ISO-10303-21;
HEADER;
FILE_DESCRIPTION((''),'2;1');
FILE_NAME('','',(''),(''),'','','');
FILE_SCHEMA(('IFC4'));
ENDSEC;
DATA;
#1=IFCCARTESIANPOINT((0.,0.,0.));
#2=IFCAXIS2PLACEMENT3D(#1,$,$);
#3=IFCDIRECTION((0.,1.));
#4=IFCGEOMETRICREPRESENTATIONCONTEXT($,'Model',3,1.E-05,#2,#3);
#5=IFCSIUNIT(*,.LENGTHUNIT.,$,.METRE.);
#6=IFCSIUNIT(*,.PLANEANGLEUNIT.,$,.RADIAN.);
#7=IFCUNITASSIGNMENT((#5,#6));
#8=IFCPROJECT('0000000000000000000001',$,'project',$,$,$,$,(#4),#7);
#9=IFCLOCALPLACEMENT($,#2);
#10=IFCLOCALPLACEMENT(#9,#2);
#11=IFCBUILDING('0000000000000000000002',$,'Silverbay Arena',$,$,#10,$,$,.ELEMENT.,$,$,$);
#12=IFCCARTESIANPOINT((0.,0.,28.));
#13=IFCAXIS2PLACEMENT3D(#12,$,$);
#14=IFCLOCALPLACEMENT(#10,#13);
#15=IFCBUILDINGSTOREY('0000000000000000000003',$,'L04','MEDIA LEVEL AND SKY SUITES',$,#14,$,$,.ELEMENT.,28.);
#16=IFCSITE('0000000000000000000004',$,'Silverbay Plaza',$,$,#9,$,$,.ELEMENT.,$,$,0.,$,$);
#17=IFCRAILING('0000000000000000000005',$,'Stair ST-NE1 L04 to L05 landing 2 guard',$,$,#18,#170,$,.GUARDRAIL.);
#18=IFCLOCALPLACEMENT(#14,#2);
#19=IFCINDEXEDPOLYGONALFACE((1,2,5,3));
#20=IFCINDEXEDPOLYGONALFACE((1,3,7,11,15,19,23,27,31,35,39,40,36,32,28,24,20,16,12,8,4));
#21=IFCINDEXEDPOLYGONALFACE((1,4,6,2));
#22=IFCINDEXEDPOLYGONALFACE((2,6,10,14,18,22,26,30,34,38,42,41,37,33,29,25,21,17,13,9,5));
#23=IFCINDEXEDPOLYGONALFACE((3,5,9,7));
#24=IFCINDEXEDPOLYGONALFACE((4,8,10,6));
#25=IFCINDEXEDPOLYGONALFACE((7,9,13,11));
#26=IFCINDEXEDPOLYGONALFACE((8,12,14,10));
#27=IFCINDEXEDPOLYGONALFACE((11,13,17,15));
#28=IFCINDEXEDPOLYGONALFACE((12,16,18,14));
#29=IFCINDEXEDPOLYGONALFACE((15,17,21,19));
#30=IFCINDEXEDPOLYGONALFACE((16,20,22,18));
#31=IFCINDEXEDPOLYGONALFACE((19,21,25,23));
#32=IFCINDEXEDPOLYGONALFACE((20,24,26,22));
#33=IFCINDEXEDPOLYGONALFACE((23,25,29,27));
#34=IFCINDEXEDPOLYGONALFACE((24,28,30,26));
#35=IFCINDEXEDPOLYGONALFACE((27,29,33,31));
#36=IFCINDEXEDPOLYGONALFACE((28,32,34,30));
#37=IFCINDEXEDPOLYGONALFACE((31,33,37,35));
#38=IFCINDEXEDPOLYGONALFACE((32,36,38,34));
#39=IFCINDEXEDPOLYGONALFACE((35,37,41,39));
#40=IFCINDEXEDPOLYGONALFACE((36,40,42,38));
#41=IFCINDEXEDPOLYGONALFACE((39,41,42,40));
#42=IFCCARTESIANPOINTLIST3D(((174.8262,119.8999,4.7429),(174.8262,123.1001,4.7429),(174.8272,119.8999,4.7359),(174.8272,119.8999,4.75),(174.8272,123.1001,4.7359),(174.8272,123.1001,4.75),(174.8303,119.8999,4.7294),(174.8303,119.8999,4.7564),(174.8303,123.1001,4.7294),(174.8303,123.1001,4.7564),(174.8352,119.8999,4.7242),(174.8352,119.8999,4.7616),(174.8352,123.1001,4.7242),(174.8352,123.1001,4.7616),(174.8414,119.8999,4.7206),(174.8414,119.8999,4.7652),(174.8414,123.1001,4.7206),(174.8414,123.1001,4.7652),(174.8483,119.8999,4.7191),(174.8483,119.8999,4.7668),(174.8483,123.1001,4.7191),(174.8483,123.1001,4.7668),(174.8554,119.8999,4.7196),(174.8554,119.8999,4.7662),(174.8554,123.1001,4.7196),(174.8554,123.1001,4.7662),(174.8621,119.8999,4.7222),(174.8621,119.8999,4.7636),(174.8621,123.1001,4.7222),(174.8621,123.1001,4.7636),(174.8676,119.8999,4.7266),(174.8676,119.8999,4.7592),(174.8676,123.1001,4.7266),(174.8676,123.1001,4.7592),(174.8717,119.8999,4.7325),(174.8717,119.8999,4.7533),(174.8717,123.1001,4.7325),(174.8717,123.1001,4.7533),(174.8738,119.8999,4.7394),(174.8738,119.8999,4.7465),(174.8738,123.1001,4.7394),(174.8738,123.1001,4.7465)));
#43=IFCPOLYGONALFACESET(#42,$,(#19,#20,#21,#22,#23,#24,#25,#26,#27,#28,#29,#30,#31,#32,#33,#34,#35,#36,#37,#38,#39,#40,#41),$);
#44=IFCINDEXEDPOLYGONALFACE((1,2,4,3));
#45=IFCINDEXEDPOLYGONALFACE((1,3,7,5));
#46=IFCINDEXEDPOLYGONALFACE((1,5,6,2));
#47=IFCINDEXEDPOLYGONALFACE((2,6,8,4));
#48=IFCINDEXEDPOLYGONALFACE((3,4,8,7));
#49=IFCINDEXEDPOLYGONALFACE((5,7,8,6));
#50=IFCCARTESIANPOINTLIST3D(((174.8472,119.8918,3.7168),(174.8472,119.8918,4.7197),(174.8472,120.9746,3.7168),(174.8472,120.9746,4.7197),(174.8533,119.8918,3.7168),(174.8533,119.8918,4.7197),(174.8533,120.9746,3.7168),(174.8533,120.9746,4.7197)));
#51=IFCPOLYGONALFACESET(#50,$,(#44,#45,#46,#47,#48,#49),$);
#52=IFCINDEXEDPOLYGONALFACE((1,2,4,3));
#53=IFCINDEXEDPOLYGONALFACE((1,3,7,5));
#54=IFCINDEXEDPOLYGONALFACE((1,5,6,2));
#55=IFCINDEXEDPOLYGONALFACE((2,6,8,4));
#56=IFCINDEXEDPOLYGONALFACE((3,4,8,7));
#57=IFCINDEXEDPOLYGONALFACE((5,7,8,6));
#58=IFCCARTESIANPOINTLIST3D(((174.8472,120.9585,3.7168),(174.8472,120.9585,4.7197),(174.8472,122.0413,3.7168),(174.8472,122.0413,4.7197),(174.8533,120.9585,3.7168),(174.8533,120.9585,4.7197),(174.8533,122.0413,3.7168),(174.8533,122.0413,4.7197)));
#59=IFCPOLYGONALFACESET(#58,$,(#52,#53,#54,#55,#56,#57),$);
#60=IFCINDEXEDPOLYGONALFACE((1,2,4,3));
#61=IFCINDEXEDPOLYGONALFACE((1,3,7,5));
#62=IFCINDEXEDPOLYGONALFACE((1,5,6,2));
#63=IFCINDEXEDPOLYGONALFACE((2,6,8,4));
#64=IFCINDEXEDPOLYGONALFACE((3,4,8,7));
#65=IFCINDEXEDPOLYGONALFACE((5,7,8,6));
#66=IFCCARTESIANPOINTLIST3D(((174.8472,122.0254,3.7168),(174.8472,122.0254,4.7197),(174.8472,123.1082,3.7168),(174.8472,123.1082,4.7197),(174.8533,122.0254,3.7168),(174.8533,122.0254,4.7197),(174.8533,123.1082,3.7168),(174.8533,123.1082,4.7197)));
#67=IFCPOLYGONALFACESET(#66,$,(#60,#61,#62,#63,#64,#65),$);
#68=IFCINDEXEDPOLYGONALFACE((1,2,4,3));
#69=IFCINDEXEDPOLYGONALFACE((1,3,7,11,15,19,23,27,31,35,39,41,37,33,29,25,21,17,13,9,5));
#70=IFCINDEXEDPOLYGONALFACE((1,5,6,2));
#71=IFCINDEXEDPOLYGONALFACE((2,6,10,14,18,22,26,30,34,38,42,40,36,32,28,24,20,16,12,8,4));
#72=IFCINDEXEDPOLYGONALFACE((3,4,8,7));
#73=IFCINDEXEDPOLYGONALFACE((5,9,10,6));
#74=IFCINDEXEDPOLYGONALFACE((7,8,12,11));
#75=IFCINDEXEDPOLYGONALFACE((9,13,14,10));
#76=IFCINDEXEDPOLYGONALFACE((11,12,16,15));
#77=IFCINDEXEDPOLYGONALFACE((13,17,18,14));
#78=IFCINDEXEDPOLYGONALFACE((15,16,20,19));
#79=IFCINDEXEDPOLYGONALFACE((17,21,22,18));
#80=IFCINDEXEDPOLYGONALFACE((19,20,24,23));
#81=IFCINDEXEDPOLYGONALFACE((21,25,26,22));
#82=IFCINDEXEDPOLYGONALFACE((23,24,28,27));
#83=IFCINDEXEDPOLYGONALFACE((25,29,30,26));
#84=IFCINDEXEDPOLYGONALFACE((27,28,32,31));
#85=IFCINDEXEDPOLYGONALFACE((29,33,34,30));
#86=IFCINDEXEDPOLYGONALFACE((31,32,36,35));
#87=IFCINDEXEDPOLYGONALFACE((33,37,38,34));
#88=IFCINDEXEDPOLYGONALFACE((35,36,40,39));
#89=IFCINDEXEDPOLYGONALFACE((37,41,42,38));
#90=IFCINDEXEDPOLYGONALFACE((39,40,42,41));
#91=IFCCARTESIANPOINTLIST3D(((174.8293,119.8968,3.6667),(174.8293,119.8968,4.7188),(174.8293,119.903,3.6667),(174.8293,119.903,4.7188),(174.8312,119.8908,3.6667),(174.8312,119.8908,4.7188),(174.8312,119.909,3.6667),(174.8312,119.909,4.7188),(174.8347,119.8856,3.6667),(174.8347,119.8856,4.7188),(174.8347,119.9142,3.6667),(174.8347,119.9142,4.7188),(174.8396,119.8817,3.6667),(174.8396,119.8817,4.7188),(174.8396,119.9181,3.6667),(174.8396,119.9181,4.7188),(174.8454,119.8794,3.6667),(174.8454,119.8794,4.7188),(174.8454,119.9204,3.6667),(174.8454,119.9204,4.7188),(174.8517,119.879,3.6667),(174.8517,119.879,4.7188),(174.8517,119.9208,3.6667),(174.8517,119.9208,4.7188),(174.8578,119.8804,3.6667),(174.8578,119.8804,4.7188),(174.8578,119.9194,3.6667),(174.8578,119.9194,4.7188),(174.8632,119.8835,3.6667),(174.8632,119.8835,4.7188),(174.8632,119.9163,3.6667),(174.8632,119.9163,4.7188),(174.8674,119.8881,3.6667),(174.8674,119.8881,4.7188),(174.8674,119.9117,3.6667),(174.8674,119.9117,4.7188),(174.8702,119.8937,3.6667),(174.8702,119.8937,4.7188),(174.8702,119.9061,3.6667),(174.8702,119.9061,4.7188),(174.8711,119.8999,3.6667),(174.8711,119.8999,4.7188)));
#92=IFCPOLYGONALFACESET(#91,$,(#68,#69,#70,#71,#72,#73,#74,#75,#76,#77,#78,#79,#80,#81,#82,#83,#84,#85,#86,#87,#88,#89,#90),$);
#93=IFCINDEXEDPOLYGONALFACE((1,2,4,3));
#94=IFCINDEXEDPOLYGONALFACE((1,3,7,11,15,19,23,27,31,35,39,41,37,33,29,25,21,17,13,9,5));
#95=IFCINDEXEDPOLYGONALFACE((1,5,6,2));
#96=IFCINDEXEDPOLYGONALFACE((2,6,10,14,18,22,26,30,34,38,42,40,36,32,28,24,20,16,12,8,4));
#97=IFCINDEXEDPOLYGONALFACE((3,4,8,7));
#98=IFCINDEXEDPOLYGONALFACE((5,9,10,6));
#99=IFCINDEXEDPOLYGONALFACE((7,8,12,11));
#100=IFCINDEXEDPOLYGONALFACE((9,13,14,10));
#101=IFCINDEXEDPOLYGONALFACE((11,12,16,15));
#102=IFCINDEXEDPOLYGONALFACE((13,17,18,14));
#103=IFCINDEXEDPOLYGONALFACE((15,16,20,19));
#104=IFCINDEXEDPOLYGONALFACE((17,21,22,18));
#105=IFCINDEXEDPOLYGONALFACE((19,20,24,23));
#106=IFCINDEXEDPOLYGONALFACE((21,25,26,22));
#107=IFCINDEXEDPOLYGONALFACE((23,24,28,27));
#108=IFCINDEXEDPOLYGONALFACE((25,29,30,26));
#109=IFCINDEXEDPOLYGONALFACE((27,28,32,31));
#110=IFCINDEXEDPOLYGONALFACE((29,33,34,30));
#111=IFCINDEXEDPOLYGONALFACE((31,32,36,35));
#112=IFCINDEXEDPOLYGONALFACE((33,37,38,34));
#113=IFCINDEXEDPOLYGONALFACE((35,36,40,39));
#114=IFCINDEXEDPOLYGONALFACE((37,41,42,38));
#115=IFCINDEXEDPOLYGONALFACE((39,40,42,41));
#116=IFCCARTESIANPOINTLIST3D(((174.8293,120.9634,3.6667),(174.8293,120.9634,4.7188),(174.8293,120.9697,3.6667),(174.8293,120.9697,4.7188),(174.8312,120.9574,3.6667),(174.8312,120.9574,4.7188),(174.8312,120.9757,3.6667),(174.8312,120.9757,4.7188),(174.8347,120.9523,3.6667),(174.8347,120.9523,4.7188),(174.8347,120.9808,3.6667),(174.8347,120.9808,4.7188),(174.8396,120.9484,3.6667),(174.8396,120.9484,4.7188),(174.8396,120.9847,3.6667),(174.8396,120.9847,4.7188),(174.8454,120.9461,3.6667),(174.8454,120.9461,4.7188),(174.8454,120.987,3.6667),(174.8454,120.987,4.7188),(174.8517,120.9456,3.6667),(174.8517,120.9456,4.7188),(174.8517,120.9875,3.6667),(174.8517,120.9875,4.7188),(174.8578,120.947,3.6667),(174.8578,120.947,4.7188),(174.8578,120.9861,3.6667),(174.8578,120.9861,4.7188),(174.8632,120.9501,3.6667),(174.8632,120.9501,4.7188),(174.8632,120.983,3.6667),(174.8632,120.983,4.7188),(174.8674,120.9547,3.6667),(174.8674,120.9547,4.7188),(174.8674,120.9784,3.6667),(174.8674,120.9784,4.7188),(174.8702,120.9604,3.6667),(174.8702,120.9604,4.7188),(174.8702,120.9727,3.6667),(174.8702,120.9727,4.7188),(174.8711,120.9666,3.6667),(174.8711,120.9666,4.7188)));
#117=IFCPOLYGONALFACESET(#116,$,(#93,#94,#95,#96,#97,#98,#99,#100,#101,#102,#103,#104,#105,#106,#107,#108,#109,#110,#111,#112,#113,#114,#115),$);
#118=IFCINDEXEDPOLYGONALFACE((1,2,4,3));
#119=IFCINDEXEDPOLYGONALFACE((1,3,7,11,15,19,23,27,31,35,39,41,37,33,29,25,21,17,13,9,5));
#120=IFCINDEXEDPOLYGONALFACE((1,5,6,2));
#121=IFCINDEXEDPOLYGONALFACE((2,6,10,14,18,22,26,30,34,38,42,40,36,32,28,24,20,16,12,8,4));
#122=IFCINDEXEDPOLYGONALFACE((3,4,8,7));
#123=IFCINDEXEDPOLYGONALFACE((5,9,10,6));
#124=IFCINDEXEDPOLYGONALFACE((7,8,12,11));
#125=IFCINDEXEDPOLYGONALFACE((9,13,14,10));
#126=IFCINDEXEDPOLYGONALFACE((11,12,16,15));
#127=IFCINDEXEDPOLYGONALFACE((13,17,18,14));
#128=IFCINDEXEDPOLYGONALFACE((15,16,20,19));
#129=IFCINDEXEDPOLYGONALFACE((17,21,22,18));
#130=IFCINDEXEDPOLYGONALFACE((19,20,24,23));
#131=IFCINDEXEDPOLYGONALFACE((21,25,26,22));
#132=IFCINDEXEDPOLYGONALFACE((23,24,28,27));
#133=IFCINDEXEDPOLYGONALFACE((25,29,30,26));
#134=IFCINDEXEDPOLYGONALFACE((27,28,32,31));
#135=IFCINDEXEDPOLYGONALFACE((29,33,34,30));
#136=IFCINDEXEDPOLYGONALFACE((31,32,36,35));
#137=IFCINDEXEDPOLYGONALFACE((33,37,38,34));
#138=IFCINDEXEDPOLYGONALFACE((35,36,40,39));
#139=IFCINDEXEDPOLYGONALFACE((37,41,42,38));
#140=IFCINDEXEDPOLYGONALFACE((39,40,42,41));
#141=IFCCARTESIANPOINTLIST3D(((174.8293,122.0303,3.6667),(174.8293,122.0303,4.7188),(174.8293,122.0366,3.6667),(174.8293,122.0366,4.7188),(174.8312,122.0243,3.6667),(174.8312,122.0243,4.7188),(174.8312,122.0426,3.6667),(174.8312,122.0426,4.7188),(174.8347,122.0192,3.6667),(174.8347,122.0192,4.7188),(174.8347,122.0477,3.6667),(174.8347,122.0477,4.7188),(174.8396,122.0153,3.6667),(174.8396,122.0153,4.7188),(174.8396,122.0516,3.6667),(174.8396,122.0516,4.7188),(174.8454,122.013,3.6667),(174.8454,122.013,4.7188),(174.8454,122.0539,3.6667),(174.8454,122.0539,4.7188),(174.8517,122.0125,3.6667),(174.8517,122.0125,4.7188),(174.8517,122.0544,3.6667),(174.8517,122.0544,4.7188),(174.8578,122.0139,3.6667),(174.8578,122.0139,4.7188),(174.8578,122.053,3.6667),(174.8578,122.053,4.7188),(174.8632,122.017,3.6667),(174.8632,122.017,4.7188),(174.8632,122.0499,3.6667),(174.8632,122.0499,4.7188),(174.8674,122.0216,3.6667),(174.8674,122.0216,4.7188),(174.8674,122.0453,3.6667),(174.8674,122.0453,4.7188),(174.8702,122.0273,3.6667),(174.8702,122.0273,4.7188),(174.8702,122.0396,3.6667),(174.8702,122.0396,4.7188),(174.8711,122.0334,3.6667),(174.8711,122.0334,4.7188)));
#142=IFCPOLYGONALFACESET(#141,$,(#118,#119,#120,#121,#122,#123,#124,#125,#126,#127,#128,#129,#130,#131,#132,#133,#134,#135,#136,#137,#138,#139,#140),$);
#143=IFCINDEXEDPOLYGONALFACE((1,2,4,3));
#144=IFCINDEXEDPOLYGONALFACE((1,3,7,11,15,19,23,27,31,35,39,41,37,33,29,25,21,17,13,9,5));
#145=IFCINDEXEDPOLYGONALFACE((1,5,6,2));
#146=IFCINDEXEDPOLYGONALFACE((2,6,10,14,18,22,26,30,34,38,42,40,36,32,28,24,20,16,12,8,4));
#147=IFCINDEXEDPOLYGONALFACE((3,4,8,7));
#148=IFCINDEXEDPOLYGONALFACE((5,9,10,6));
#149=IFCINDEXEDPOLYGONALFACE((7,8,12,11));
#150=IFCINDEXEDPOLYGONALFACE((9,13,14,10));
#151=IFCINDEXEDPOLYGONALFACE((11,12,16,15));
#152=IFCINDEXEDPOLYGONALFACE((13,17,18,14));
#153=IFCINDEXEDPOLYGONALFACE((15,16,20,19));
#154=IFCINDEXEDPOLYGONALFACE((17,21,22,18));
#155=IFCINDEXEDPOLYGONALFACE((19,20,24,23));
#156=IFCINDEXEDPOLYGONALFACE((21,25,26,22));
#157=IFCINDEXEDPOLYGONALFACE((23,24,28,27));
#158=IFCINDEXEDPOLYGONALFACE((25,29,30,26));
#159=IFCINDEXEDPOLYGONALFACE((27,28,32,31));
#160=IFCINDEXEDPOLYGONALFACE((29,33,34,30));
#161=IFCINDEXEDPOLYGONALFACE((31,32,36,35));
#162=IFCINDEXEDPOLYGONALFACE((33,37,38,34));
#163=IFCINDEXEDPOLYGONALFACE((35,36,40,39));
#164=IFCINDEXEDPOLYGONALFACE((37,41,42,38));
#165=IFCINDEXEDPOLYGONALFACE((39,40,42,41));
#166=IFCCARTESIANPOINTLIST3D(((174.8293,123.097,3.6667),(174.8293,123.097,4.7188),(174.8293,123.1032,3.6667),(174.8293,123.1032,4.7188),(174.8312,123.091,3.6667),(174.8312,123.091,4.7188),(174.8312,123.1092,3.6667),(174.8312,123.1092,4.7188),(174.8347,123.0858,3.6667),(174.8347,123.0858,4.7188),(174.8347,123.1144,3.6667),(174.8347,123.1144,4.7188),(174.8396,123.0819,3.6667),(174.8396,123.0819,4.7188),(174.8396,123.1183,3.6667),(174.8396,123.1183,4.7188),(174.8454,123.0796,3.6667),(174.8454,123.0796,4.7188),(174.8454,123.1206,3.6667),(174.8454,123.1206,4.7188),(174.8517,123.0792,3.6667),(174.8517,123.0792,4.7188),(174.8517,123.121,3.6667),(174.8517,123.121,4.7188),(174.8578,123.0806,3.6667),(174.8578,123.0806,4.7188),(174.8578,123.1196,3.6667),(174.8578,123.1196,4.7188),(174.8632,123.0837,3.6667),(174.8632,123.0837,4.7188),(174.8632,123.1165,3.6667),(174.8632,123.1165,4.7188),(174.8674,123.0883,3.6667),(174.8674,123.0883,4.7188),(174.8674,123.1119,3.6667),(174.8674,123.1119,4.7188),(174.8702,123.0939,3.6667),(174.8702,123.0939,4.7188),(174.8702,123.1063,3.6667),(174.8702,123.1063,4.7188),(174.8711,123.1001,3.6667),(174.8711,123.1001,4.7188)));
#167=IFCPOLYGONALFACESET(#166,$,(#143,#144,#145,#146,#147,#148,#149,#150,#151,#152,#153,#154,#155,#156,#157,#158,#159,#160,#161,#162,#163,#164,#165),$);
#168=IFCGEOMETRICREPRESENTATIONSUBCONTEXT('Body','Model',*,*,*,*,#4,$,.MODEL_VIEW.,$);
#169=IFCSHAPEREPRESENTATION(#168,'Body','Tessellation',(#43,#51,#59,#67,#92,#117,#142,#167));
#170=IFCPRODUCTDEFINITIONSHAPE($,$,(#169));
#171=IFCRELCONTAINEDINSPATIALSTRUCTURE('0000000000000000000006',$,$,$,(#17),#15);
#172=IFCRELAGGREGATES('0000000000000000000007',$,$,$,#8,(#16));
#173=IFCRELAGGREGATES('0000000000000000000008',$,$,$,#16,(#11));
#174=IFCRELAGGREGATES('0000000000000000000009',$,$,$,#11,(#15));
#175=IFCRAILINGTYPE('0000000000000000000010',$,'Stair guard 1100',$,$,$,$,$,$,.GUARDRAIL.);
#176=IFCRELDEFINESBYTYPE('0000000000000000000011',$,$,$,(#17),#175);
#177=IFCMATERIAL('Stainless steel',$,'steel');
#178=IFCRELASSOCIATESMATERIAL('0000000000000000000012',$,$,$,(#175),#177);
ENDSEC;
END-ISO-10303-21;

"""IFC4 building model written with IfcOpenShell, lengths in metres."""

from ifc_helpers import new_model, si_unit, direction, frame, origin, origin_2d, place, context, subcontext, project, spatial, polyline, circle, outline, extrude, material, type_object, element, save


model = new_model("IFC4")

# Units and contexts
model_context = context("Model", 3, precision=1e-05, world=origin(), true_north=direction((0.0, 1.0)))
body_context = subcontext(model_context, "Body", "Model", "MODEL_VIEW")
ifc_project = project(units=[si_unit("LENGTHUNIT", "METRE"), si_unit("PLANEANGLEUNIT", "RADIAN")], contexts=[model_context])

# Site, building, storey
site_placement = place(None, origin())
site = spatial("IfcSite", under=ifc_project, at=site_placement, Name="Silverbay Plaza", CompositionType="ELEMENT", RefElevation=0.0)
building_placement = place(site_placement, origin())
building = spatial("IfcBuilding", under=site, at=building_placement, Name="Silverbay Arena", CompositionType="ELEMENT")
storey_placement = place(building_placement, frame((0.0, 0.0, 28.0)))
storey = spatial("IfcBuildingStorey", under=building, at=storey_placement, Name="L04", Description="MEDIA LEVEL AND SKY SUITES", CompositionType="ELEMENT", Elevation=28.0)

# Railing
ifc_material_1 = material(Name="Stainless steel", Category="steel")
railing_type_1 = type_object("IfcRailingType", Name="Stair guard 1100", PredefinedType="GUARDRAIL", material=ifc_material_1)
for number, where, name in (
    (1, (174.8501, 119.8999, 3.6667), "Stair ST-NE1 L04 to L05 landing 2 guard"),
):
    element("IfcRailing", number, at=place(storey_placement, frame(where)), inside=storey, type_object=railing_type_1, Name=name, PredefinedType="GUARDRAIL", context=body_context, shape_type="SweptSolid", body=[
        extrude(circle(Radius=0.0239, at=origin_2d()), frame((0.0, 0.0, 1.0762), z_axis=(0.0, 1.0, 0.0), x_axis=(-1.0, 0.0, 0.0)), (0.0, 0.0, 1.0), 3.2002),
        extrude(outline(polyline([(-0.0081, 0.05), (1.0747, 0.05), (1.0747, 1.053), (-0.0081, 1.053), (-0.0081, 0.05)])), frame((-0.0029, 0.0, 0.0), z_axis=(1.0, 0.0, 0.0), x_axis=(0.0, 1.0, 0.0)), (0.0, 0.0, 1.0), 0.0061),
        extrude(outline(polyline([(-0.0081, 0.05), (1.0747, 0.05), (1.0747, 1.053), (-0.0081, 1.053), (-0.0081, 0.05)])), frame((-0.0029, 1.0667, 0.0), z_axis=(1.0, 0.0, 0.0), x_axis=(0.0, 1.0, 0.0)), (0.0, 0.0, 1.0), 0.0061),
        extrude(outline(polyline([(-0.0081, 0.05), (1.0747, 0.05), (1.0747, 1.053), (-0.0081, 1.053), (-0.0081, 0.05)])), frame((-0.0029, 2.1335, 0.0), z_axis=(1.0, 0.0, 0.0), x_axis=(0.0, 1.0, 0.0)), (0.0, 0.0, 1.0), 0.0061),
        extrude(circle(Radius=0.021, at=origin_2d()), origin(), (0.0, 0.0, 1.0), 1.052),
        extrude(circle(Radius=0.021, at=origin_2d()), frame((0.0, 1.0667, 0.0)), (0.0, 0.0, 1.0), 1.052),
        extrude(circle(Radius=0.021, at=origin_2d()), frame((0.0, 2.1335, 0.0)), (0.0, 0.0, 1.0), 1.052),
        extrude(circle(Radius=0.021, at=origin_2d()), frame((0.0, 3.2002, 0.0)), (0.0, 0.0, 1.0), 1.052),
    ])

save(model, "model.ifc")
